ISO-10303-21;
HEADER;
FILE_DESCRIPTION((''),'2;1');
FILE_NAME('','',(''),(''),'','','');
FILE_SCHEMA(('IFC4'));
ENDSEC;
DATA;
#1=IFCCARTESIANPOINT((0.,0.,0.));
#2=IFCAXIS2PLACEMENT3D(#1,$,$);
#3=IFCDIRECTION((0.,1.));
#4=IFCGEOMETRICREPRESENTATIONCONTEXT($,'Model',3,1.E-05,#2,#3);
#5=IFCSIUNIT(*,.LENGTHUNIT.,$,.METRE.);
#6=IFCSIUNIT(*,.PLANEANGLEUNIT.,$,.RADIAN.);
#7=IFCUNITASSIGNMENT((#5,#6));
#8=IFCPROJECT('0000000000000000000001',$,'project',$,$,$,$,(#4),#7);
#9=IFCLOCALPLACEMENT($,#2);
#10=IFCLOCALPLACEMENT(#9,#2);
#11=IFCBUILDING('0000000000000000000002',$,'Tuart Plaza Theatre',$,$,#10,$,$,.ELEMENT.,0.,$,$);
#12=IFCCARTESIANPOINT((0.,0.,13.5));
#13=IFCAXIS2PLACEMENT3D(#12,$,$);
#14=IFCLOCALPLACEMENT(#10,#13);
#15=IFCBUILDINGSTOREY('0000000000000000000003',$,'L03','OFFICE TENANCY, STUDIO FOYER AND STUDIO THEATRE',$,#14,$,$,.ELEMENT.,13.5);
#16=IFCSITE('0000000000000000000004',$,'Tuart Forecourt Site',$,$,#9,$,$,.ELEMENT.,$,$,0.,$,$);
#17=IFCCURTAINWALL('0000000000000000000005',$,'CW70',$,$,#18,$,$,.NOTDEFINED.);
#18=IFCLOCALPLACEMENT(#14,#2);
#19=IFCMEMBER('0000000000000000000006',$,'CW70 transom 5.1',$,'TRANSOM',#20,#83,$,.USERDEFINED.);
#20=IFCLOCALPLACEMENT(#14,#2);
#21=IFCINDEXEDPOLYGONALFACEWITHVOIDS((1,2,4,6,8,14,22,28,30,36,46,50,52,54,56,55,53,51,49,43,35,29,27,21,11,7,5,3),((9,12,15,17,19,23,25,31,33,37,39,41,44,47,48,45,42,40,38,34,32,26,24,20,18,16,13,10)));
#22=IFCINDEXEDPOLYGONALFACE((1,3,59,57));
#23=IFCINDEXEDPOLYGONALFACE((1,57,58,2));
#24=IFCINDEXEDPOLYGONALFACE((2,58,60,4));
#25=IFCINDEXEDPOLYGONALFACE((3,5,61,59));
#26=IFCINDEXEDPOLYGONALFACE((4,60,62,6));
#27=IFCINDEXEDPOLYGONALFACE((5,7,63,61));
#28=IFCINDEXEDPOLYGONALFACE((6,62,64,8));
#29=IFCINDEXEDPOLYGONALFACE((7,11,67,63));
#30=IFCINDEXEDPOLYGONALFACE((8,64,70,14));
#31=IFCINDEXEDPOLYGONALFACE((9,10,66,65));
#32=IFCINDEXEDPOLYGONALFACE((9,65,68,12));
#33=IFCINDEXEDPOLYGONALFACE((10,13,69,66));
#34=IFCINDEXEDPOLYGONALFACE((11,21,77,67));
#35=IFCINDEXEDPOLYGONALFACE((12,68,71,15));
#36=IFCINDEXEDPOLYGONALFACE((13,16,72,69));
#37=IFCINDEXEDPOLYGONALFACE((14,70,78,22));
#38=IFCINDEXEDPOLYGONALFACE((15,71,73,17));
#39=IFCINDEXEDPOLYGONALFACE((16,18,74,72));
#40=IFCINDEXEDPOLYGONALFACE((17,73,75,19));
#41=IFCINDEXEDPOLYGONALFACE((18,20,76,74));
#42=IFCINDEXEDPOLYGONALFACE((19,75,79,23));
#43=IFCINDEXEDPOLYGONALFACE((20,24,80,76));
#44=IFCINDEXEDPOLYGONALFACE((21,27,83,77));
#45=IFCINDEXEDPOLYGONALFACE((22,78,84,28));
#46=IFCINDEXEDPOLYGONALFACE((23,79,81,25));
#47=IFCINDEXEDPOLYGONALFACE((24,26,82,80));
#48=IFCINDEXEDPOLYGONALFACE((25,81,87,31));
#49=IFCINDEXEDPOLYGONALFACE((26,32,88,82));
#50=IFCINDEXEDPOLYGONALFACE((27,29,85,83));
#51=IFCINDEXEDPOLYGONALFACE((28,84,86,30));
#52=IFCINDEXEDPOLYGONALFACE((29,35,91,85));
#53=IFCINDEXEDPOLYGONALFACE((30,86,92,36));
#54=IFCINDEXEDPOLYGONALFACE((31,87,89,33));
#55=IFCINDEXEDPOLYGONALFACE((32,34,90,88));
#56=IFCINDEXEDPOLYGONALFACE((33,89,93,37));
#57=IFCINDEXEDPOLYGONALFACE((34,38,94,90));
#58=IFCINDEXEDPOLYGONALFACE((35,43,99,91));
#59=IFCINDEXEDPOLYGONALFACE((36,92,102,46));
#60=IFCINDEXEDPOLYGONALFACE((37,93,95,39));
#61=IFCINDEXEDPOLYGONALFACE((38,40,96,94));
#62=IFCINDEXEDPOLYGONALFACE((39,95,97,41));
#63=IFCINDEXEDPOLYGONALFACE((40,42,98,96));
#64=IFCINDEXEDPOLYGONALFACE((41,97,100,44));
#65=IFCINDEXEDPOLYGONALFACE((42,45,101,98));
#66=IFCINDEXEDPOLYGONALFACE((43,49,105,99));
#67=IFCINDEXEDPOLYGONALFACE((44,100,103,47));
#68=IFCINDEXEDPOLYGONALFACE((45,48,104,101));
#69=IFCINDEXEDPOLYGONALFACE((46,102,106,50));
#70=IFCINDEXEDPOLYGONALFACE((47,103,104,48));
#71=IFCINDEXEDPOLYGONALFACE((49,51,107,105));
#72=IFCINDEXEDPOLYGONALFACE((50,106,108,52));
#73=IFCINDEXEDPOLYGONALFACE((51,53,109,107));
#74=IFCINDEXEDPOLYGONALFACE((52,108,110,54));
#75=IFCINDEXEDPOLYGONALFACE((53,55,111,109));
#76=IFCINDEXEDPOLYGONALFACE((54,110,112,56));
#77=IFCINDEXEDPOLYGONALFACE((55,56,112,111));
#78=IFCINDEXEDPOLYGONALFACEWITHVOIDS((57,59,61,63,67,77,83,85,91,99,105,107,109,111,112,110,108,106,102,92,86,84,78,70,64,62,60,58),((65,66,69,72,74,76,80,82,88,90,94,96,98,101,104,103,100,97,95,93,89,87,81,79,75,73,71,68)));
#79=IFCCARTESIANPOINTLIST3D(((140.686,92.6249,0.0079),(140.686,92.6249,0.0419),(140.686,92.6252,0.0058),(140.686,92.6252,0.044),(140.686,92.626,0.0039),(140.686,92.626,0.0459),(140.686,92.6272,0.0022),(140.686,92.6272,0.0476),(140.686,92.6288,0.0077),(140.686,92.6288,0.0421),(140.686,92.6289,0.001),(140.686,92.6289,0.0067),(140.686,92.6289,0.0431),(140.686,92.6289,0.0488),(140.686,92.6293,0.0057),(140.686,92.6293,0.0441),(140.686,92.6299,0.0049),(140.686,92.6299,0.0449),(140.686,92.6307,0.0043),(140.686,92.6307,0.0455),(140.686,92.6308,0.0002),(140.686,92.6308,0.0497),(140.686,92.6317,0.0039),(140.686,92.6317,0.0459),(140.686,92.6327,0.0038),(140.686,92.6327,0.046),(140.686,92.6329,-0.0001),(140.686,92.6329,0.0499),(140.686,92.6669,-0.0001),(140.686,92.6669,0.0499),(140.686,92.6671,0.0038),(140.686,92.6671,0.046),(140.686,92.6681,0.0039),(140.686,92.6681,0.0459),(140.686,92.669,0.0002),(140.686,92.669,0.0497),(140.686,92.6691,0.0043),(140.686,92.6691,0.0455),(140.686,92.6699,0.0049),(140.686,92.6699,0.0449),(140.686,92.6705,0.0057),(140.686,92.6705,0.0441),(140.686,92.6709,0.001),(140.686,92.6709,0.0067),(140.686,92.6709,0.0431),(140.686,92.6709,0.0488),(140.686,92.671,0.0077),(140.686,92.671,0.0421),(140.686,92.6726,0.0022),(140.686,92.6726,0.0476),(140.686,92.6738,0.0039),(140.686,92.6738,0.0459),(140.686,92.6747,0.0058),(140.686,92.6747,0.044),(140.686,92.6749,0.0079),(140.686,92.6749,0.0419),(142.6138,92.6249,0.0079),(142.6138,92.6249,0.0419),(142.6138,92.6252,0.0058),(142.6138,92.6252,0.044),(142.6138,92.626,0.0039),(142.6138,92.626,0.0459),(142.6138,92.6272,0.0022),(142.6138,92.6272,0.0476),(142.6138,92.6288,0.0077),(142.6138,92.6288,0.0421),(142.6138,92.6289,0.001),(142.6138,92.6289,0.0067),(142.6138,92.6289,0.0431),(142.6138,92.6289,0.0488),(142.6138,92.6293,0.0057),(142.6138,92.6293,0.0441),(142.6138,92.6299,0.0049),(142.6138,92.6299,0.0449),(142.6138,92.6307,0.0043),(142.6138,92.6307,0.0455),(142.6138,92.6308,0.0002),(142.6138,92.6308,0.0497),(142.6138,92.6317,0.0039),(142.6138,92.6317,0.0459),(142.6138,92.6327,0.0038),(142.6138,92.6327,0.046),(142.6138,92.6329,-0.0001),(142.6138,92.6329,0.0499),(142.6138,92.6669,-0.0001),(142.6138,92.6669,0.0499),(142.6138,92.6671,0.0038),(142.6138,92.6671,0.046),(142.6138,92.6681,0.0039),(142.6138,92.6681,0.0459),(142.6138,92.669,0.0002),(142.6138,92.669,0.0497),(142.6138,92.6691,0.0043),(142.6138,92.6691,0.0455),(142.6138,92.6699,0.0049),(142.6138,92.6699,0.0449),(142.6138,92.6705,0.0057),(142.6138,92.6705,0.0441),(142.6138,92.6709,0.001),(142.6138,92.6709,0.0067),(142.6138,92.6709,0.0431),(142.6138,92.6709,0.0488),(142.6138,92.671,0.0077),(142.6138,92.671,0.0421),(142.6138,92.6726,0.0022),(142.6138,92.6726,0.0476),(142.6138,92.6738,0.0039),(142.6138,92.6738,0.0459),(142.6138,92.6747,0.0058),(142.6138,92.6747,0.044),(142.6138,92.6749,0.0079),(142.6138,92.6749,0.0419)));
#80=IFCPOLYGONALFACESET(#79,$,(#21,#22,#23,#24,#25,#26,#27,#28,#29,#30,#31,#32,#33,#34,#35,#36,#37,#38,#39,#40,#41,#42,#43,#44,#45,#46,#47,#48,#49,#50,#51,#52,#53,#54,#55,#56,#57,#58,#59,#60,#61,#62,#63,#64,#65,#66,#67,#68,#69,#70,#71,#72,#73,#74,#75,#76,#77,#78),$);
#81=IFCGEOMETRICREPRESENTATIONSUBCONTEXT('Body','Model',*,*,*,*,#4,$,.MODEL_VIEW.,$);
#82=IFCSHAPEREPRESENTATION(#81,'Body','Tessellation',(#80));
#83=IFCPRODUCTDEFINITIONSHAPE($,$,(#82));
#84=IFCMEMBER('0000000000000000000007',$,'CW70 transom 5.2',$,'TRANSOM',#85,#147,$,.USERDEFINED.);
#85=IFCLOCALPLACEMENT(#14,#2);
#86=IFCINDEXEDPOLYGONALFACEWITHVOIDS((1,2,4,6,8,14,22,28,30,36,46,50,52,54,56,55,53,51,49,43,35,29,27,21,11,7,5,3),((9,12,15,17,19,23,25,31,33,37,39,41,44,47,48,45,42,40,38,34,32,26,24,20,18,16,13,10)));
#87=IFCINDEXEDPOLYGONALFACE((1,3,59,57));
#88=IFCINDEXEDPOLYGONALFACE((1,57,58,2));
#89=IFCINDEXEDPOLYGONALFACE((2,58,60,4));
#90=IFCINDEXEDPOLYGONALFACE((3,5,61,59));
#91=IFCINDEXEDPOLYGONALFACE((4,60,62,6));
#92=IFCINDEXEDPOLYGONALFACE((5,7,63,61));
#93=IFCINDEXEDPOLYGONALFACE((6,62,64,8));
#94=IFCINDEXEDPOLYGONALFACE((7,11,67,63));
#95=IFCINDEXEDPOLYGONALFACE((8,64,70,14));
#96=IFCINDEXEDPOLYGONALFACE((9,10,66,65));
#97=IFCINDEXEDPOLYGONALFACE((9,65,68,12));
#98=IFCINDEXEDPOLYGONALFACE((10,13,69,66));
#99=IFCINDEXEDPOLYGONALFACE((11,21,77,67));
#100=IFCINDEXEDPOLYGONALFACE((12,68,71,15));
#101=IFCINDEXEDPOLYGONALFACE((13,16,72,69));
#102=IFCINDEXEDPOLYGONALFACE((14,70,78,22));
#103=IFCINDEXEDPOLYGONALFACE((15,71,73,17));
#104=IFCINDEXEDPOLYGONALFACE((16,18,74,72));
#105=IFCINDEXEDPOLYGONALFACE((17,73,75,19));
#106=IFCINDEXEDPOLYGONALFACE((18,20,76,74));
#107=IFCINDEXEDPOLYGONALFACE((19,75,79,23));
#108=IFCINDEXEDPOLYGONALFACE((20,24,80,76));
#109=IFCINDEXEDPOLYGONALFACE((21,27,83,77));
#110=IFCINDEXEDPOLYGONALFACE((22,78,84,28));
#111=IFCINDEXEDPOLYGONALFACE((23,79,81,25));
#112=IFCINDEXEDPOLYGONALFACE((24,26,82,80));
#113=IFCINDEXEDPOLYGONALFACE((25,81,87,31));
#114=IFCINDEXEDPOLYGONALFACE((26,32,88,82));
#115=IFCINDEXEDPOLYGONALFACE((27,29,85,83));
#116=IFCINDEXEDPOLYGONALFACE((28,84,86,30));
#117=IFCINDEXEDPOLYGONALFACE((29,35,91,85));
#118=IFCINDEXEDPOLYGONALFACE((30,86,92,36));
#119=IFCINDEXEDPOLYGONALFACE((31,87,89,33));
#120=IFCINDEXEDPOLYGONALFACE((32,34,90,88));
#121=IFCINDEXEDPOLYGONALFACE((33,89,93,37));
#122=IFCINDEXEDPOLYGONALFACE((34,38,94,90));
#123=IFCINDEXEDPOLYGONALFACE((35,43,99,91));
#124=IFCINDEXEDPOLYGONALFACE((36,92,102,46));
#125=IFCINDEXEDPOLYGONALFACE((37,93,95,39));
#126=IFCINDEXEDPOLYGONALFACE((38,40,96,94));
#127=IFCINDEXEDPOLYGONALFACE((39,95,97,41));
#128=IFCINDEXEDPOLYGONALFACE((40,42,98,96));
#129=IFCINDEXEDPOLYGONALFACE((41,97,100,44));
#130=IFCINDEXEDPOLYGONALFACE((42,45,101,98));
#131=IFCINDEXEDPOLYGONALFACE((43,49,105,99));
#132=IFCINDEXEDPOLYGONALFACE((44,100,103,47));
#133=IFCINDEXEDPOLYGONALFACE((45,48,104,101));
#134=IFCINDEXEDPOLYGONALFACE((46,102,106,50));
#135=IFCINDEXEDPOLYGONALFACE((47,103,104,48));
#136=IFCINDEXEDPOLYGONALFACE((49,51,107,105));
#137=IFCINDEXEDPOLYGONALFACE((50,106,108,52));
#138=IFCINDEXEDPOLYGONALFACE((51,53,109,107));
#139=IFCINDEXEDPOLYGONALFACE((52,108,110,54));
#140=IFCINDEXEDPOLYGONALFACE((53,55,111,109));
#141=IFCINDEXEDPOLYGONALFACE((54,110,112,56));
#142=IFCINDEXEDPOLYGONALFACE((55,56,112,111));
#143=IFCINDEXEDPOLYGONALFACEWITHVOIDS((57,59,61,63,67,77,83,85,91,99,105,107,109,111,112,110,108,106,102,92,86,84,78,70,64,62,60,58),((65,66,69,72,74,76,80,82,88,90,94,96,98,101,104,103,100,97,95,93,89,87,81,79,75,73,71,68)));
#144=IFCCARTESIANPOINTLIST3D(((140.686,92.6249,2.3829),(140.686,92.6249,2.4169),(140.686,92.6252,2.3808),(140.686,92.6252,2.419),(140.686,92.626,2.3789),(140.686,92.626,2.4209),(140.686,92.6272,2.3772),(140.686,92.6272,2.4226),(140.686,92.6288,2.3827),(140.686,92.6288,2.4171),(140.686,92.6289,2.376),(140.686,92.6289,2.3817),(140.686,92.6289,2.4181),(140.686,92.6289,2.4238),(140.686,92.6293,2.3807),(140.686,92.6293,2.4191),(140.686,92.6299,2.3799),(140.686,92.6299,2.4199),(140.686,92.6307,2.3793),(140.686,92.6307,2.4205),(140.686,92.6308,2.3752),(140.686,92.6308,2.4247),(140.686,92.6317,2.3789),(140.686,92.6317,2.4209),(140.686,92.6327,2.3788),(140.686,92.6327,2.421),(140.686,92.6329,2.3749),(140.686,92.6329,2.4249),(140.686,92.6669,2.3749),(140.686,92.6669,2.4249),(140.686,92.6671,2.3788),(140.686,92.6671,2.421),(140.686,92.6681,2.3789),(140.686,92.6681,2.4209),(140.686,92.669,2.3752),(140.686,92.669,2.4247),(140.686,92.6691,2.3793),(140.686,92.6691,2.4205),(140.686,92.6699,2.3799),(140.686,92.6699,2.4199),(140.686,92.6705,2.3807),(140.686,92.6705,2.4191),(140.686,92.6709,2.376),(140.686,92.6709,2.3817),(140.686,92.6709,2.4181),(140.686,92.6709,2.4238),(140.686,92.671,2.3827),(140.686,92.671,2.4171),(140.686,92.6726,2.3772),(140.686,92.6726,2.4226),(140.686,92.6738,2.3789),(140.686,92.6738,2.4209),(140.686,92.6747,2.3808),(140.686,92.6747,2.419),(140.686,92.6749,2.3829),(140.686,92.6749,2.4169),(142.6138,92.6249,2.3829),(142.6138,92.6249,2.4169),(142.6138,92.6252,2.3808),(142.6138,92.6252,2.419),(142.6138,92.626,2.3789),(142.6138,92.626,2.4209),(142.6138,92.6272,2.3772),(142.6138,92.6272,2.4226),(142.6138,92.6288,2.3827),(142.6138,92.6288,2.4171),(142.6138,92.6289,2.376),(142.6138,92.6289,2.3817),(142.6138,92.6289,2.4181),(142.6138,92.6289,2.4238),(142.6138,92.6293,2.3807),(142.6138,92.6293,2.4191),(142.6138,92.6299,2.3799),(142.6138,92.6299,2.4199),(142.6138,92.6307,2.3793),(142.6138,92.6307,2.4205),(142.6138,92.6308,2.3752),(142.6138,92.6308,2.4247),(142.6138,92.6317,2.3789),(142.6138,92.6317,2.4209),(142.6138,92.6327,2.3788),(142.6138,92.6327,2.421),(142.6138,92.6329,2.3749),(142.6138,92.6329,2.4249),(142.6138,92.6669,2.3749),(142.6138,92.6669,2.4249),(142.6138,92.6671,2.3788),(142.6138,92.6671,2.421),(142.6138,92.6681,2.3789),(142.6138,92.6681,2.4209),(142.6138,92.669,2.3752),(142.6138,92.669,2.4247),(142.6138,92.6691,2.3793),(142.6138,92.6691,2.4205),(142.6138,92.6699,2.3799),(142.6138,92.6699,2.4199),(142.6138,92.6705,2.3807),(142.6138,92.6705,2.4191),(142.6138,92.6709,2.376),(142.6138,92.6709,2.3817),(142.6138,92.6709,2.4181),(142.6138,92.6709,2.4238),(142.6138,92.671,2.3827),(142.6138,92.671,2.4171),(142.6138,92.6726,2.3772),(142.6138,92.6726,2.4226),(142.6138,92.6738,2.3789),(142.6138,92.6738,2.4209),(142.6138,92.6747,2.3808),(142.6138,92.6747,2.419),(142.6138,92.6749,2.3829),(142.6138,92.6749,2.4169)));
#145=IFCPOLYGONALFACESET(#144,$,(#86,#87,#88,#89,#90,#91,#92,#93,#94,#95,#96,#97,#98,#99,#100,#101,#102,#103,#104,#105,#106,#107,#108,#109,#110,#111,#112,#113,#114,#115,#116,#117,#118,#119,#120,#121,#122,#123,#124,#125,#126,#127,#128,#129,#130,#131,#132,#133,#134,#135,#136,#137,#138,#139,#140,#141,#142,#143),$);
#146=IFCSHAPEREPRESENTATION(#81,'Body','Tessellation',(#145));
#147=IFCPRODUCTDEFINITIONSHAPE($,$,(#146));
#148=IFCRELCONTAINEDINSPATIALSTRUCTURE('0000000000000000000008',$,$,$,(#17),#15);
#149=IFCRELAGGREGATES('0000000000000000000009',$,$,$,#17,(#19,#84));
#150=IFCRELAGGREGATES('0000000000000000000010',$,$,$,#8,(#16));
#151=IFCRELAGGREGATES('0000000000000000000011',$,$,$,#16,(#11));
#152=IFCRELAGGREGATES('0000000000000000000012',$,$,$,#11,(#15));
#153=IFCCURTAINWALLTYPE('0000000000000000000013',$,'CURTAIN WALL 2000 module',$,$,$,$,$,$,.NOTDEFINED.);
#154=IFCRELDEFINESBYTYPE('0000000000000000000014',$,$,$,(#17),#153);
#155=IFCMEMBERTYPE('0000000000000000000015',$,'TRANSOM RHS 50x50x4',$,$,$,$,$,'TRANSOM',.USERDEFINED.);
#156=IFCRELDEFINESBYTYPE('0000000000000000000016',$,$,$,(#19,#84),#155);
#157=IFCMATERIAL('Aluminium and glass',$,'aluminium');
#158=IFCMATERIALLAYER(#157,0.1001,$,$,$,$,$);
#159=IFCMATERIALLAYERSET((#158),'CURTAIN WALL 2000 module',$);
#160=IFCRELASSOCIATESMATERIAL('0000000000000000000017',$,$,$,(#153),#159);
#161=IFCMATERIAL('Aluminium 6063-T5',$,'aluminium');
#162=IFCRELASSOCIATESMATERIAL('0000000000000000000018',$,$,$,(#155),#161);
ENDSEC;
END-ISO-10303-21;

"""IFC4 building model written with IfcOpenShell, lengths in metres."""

from ifc_helpers import new_model, si_unit, direction, frame, origin, origin_2d, place, context, subcontext, project, spatial, hollow_rectangle, extrude, material, layer, layer_set, material_profile, profile_set, type_object, element, aggregate, save


model = new_model("IFC4")

# Units and contexts
model_context = context("Model", 3, precision=1e-05, world=origin(), true_north=direction((0.0, 1.0)))
body_context = subcontext(model_context, "Body", "Model", "MODEL_VIEW")
ifc_project = project(units=[si_unit("LENGTHUNIT", "METRE"), si_unit("PLANEANGLEUNIT", "RADIAN")], contexts=[model_context])

# Site, building, storey
site_placement = place(None, origin())
site = spatial("IfcSite", under=ifc_project, at=site_placement, Name="Tuart Forecourt Site", CompositionType="ELEMENT", RefElevation=0.0)
building_placement = place(site_placement, origin())
building = spatial("IfcBuilding", under=site, at=building_placement, Name="Tuart Plaza Theatre", CompositionType="ELEMENT", ElevationOfRefHeight=0.0)
storey_placement = place(building_placement, frame((0.0, 0.0, 13.5)))
storey = spatial("IfcBuildingStorey", under=building, at=storey_placement, Name="L03", Description="OFFICE TENANCY, STUDIO FOYER AND STUDIO THEATRE", CompositionType="ELEMENT", Elevation=13.5)

# Curtain wall, members
ifc_material_1 = material(Name="Aluminium and glass", Category="aluminium")
ifc_layer_1 = layer(ifc_material_1, 0.1001)
ifc_layer_set_1 = layer_set([ifc_layer_1], Name="CURTAIN WALL 2000 module")
curtain_wall_type = type_object("IfcCurtainWallType", Name="CURTAIN WALL 2000 module", PredefinedType="NOTDEFINED", material=ifc_layer_set_1)
curtain_wall_placement = place(storey_placement, origin())
curtain_wall = element("IfcCurtainWall", 1, at=curtain_wall_placement, inside=storey, type_object=curtain_wall_type, Name="CW70", PredefinedType="NOTDEFINED")
ifc_material_2 = material(Name="Aluminium 6063-T5", Category="aluminium")
ifc_material_profile_1 = material_profile(ifc_material_2, hollow_rectangle(XDim=0.05, YDim=0.05, WallThickness=0.0039, InnerFilletRadius=0.0039, OuterFilletRadius=0.0081, at=origin_2d()), Name="RHS 50x50x4")
ifc_profile_set_1 = profile_set([ifc_material_profile_1], Name="Aluminium 6063-T5")
member_type_1 = type_object("IfcMemberType", Name="TRANSOM RHS 50x50x4", ElementType="TRANSOM", PredefinedType="USERDEFINED", material=ifc_profile_set_1)
member_1_placement = place(storey_placement, frame((142.6138, 92.6499, 0.0249), z_axis=(-1.0, 0.0, 0.0), x_axis=(0.0, -1.0, 0.0)))
member_1 = element("IfcMember", 2, at=member_1_placement, type_object=member_type_1, Name="CW70 transom 5.1", ObjectType="TRANSOM", PredefinedType="USERDEFINED", context=body_context, shape_type="SweptSolid", body=[
    extrude(hollow_rectangle(XDim=0.05, YDim=0.05, WallThickness=0.0039, InnerFilletRadius=0.0039, OuterFilletRadius=0.0081, at=origin_2d()), origin(), (0.0, 0.0, 1.0), 1.9277),
])
member_2_placement = place(storey_placement, frame((142.6138, 92.6499, 2.3999), z_axis=(-1.0, 0.0, 0.0), x_axis=(0.0, -1.0, 0.0)))
member_2 = element("IfcMember", 3, at=member_2_placement, type_object=member_type_1, Name="CW70 transom 5.2", ObjectType="TRANSOM", PredefinedType="USERDEFINED", context=body_context, shape_type="SweptSolid", body=[
    extrude(hollow_rectangle(XDim=0.05, YDim=0.05, WallThickness=0.0039, InnerFilletRadius=0.0039, OuterFilletRadius=0.0081, at=origin_2d()), origin(), (0.0, 0.0, 1.0), 1.9277),
])
aggregate(curtain_wall, [member_1, member_2])

save(model, "model.ifc")
